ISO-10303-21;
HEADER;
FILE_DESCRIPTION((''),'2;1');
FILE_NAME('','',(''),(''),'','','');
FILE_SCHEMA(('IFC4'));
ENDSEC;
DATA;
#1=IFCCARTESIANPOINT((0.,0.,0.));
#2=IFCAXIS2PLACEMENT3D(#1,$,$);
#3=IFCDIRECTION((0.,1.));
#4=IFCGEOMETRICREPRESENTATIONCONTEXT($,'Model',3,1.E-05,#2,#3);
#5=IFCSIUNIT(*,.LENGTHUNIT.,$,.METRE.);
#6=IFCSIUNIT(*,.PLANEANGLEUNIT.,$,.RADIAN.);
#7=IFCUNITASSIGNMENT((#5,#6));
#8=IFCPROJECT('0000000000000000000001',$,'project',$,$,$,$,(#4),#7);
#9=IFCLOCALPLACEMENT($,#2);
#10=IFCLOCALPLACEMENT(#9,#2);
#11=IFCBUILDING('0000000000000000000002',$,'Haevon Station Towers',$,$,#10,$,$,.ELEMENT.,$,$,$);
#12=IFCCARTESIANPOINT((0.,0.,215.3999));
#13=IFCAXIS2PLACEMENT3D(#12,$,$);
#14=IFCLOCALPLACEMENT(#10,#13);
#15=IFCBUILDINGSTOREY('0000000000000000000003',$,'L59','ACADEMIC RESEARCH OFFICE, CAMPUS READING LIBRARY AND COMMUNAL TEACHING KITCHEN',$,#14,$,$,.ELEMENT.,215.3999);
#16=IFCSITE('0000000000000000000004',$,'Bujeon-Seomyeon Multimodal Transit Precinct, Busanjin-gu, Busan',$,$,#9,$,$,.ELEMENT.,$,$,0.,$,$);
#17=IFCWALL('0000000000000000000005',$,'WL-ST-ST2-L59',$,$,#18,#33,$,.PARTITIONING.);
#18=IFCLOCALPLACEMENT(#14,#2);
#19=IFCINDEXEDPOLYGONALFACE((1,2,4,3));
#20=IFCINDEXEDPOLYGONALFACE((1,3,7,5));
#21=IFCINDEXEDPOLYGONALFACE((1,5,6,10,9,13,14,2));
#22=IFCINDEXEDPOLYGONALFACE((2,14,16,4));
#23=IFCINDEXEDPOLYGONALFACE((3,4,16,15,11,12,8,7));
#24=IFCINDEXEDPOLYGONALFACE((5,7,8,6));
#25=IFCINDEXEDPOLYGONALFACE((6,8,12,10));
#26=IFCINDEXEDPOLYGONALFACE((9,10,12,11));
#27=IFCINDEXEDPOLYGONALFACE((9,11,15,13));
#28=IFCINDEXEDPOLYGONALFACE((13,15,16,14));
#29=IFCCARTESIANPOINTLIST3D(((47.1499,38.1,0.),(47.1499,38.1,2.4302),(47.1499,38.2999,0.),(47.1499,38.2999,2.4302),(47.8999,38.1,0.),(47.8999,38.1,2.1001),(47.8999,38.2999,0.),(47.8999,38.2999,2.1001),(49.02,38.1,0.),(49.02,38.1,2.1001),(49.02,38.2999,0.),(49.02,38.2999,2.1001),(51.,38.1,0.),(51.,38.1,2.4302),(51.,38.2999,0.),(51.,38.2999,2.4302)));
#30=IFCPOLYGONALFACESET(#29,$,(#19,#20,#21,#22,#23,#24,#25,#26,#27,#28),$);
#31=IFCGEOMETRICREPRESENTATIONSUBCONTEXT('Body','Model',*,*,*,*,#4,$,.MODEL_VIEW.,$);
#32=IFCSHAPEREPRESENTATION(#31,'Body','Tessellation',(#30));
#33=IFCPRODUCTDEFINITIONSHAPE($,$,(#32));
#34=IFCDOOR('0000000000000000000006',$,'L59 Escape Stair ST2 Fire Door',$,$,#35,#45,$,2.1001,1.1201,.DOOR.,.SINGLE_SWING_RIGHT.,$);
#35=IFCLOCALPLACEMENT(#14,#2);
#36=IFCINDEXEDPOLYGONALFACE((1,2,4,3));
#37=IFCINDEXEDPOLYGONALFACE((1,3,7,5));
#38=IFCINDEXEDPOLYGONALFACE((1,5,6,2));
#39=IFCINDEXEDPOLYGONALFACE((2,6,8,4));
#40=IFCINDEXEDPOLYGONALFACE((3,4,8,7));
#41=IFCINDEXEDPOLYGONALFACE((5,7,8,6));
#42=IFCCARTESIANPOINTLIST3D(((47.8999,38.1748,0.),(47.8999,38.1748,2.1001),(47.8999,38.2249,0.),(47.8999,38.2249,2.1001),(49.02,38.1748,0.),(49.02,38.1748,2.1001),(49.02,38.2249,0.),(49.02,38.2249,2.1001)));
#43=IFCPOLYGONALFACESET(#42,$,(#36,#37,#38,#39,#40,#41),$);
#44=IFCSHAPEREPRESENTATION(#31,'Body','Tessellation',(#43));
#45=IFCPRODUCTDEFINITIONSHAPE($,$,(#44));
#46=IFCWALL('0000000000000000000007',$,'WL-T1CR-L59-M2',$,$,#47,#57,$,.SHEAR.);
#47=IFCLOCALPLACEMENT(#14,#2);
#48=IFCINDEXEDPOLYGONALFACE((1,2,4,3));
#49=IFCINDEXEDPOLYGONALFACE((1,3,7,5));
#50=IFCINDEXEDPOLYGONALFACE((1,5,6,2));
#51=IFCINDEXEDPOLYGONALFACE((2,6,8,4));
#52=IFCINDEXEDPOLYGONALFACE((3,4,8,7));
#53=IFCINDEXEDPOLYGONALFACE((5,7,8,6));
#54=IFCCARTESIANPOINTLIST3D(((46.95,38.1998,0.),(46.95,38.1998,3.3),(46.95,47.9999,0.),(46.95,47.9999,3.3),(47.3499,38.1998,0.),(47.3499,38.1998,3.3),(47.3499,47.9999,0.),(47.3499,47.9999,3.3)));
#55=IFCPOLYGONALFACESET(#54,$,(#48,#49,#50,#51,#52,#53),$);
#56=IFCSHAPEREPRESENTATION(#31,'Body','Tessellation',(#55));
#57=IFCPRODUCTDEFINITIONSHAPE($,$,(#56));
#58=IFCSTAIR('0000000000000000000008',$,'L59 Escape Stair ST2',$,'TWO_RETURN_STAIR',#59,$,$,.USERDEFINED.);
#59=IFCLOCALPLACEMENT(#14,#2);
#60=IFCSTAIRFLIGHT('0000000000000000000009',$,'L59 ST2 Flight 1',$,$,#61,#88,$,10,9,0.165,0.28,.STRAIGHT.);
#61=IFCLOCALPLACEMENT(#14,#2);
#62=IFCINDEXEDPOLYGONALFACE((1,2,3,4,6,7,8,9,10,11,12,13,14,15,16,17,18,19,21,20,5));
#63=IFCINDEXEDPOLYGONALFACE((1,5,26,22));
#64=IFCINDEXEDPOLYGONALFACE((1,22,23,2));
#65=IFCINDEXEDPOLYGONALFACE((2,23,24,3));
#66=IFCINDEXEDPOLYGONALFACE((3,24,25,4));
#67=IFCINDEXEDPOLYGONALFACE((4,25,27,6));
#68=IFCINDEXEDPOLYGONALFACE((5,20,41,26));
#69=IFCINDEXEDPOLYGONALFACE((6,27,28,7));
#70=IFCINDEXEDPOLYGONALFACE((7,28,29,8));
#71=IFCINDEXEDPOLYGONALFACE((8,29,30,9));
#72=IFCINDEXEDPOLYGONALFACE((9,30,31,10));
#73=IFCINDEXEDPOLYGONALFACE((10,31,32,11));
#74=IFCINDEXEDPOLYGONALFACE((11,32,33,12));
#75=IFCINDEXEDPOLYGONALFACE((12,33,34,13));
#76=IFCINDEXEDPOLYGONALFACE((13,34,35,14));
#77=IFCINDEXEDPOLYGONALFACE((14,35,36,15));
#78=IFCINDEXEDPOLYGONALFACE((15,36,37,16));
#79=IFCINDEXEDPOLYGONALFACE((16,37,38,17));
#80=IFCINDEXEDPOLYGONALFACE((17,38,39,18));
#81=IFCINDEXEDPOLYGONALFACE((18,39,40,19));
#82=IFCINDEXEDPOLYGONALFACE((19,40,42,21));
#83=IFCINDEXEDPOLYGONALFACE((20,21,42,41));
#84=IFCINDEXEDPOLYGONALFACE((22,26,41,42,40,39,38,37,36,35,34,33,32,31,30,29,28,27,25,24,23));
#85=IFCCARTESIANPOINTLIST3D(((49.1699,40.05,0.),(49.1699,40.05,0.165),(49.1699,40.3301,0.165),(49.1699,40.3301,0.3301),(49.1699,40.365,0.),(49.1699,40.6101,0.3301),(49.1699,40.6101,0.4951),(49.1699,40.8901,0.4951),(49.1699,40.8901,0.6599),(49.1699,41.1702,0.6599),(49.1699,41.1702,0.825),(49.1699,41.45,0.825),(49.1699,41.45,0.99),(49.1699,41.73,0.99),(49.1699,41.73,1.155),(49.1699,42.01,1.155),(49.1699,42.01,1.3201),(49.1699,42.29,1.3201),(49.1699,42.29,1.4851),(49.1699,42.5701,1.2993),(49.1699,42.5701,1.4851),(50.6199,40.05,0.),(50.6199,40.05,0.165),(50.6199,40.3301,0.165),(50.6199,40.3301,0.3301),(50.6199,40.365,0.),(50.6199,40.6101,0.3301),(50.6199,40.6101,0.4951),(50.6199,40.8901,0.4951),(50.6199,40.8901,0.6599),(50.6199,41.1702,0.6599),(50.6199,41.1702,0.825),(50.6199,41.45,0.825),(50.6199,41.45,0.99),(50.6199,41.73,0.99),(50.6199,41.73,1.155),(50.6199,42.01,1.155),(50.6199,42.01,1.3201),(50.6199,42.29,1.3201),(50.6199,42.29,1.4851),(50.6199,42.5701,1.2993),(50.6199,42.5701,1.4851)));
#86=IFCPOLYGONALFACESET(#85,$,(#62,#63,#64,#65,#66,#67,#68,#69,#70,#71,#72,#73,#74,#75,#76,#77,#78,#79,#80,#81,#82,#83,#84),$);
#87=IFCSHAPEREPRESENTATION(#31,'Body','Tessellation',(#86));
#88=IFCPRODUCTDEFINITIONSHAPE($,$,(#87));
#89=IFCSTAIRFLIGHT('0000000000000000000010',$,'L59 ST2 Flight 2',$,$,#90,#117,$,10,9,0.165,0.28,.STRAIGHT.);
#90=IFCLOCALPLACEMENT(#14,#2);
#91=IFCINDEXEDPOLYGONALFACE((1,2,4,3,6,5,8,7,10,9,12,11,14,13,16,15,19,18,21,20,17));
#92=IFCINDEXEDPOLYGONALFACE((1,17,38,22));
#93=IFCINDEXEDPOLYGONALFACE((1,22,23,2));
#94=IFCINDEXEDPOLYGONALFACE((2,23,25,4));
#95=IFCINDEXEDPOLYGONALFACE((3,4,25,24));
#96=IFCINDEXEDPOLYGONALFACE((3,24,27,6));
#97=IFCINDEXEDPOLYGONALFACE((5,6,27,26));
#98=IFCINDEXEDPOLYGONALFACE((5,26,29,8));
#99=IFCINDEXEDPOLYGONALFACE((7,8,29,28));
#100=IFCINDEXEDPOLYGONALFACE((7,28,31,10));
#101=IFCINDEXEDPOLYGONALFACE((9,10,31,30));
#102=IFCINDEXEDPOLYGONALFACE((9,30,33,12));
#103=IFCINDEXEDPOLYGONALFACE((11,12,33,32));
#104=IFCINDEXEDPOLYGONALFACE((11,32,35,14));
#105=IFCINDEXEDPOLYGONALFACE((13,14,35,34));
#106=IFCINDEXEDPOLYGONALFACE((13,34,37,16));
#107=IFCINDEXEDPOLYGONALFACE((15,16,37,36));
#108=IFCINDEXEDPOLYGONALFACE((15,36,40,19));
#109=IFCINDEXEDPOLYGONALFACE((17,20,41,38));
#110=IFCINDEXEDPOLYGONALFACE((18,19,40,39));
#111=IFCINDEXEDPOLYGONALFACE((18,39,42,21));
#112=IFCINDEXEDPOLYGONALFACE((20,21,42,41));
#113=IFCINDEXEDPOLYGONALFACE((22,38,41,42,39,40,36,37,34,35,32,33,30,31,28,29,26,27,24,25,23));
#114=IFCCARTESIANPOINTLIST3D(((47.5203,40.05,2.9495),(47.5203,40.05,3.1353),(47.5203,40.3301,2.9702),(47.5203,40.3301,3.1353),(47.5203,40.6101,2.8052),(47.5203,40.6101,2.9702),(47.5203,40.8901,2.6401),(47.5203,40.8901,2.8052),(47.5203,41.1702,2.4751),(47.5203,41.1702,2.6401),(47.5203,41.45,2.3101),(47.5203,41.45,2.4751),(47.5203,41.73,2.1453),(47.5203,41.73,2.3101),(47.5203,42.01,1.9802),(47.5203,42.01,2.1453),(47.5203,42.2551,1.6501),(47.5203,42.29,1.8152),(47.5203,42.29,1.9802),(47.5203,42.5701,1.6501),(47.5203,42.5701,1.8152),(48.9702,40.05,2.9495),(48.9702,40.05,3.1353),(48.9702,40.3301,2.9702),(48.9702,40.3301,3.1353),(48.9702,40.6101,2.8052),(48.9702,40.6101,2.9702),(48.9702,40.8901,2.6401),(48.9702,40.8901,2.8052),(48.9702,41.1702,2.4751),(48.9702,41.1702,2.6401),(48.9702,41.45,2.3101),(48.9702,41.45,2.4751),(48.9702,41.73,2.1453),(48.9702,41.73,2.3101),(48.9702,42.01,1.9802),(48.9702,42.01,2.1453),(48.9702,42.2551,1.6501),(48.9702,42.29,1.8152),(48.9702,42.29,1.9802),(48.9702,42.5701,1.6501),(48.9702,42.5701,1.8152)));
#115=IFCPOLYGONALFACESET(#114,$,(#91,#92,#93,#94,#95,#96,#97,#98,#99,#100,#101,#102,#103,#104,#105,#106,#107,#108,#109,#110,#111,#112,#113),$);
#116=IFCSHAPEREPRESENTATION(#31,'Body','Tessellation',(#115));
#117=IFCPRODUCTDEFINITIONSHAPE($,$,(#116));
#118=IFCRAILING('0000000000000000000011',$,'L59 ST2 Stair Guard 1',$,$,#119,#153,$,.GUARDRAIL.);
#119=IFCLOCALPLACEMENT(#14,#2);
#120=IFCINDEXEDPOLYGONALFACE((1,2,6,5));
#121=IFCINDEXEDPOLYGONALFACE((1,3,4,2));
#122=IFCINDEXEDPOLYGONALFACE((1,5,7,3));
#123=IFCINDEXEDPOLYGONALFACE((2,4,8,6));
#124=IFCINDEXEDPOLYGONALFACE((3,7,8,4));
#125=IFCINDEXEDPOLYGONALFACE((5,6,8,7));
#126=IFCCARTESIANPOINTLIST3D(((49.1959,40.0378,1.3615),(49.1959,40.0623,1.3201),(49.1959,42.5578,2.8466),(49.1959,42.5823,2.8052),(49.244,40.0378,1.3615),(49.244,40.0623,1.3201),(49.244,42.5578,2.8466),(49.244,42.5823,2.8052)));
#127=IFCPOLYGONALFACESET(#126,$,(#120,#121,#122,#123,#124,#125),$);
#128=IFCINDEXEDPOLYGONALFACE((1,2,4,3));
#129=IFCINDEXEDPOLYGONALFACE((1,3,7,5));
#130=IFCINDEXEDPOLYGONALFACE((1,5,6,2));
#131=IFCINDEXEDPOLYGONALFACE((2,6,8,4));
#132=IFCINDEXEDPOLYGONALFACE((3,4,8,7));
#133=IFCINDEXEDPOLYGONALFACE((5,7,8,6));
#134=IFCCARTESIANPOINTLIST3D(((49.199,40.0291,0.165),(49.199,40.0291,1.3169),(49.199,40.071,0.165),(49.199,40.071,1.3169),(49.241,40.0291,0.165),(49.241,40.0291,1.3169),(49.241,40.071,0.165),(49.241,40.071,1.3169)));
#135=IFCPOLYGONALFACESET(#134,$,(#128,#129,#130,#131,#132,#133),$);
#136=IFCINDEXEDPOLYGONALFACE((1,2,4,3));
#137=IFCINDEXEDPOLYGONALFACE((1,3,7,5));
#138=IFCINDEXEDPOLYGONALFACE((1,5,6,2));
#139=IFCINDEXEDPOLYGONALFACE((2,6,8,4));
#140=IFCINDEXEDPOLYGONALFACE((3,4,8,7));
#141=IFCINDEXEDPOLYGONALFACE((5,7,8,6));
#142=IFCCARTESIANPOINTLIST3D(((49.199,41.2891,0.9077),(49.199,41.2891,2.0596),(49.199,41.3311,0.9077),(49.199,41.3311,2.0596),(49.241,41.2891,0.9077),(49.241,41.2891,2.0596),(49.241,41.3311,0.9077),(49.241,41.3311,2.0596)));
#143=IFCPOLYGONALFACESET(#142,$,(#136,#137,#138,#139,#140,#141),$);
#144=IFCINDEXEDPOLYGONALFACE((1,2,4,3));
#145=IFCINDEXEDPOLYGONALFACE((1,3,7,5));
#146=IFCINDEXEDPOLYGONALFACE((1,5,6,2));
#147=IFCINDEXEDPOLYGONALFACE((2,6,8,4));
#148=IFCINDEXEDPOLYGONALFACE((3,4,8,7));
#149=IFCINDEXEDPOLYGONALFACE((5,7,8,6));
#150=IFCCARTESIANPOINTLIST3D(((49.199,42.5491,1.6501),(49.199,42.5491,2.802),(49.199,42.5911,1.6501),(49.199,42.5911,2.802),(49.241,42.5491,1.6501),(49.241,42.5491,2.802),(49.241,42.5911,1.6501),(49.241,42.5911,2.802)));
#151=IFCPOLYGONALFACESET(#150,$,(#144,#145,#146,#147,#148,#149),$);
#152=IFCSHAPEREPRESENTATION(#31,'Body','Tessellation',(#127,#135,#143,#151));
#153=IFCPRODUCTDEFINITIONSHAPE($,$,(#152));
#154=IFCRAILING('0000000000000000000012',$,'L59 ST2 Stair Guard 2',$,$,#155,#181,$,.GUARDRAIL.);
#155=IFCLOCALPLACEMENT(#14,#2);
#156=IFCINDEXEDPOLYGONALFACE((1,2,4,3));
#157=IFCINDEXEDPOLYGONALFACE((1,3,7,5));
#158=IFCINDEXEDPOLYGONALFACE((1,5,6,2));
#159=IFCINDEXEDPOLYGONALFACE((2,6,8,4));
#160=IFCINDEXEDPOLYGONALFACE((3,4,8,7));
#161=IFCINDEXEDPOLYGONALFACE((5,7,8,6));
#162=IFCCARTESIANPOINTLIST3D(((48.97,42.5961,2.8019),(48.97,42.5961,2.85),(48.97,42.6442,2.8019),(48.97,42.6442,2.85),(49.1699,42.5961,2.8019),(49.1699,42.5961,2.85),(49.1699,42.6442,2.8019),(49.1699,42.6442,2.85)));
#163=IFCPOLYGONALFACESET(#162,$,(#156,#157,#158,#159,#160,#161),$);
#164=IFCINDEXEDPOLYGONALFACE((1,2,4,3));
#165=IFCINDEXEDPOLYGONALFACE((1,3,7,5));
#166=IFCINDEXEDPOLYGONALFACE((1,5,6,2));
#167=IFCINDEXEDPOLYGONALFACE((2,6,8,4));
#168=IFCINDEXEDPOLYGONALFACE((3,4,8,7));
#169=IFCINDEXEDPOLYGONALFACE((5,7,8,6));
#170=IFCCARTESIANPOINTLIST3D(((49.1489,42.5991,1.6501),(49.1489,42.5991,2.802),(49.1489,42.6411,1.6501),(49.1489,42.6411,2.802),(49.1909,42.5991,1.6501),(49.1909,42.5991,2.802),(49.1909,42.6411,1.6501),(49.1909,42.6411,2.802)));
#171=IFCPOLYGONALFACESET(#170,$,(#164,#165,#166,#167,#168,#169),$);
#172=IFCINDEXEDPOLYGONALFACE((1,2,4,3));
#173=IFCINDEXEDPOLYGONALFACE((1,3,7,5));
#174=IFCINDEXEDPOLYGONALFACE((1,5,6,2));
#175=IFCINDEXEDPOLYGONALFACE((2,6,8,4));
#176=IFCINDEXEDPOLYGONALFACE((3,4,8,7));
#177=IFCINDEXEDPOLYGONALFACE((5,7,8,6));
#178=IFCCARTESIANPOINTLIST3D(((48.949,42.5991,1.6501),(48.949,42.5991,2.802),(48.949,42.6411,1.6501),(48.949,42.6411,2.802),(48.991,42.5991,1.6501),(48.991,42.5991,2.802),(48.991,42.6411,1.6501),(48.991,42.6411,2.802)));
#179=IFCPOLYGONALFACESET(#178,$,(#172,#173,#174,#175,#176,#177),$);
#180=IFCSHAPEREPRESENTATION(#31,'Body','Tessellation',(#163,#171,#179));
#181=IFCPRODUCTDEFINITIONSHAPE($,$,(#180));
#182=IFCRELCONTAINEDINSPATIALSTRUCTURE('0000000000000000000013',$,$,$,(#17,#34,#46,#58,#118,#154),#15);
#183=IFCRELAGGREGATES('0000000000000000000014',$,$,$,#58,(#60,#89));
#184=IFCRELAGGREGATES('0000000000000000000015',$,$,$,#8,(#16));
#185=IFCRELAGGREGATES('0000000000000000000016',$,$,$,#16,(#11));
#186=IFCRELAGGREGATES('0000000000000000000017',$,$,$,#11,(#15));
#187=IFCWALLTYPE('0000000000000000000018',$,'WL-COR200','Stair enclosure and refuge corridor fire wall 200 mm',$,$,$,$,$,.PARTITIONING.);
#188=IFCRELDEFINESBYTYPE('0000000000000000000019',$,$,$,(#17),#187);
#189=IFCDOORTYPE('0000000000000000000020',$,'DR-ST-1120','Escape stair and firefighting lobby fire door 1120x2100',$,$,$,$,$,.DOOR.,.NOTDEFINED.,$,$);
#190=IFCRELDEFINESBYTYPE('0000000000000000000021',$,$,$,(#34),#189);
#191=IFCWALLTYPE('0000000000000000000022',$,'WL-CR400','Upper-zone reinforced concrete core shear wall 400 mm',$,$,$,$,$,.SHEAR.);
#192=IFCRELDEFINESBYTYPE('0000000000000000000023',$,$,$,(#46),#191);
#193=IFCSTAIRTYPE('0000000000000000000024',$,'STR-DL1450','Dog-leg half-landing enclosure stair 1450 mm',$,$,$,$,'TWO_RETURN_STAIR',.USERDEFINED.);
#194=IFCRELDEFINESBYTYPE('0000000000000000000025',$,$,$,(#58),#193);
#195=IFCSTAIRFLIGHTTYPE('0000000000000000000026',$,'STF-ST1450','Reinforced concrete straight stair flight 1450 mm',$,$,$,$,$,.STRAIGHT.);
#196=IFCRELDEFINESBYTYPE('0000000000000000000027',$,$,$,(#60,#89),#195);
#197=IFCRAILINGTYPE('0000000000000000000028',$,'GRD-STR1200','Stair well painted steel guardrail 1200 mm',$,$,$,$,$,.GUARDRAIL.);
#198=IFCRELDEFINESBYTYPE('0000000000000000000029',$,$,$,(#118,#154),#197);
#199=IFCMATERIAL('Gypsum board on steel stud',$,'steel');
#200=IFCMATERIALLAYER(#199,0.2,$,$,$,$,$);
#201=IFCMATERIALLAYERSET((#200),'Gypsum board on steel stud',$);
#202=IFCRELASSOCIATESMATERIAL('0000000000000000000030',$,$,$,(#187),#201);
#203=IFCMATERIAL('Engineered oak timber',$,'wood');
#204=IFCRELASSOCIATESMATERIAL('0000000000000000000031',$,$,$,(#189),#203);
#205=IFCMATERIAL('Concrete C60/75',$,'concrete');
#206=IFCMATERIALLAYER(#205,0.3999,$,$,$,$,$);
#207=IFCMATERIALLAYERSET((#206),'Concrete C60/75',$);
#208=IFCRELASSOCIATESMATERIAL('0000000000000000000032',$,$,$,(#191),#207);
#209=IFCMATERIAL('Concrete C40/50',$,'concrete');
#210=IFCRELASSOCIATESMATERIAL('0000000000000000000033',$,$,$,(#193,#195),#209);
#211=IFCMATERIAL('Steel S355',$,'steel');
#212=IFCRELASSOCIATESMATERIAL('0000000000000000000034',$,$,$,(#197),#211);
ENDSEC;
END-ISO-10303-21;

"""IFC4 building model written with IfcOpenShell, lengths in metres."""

from ifc_helpers import new_model, si_unit, direction, frame, frame_2d, origin, origin_2d, place, context, subcontext, project, spatial, polyline, rectangle, outline, extrude, material, layer, layer_set, type_object, element, fill, aggregate, save


model = new_model("IFC4")

# Units and contexts
model_context = context("Model", 3, precision=1e-05, world=origin(), true_north=direction((0.0, 1.0)))
body_context = subcontext(model_context, "Body", "Model", "MODEL_VIEW")
ifc_project = project(units=[si_unit("LENGTHUNIT", "METRE"), si_unit("PLANEANGLEUNIT", "RADIAN")], contexts=[model_context])

# Site, building, storey
site_placement = place(None, origin())
site = spatial("IfcSite", under=ifc_project, at=site_placement, Name="Bujeon-Seomyeon Multimodal Transit Precinct, Busanjin-gu, Busan", CompositionType="ELEMENT", RefElevation=0.0)
building_placement = place(site_placement, origin())
building = spatial("IfcBuilding", under=site, at=building_placement, Name="Haevon Station Towers", CompositionType="ELEMENT")
storey_placement = place(building_placement, frame((0.0, 0.0, 215.3999)))
storey = spatial("IfcBuildingStorey", under=building, at=storey_placement, Name="L59", Description="ACADEMIC RESEARCH OFFICE, CAMPUS READING LIBRARY AND COMMUNAL TEACHING KITCHEN", CompositionType="ELEMENT", Elevation=215.3999)

# Shared definitions
ifc_material_1 = material(Name="Steel S355", Category="steel")

# Wall, opening, door
ifc_material_2 = material(Name="Gypsum board on steel stud", Category="steel")
ifc_layer_1 = layer(ifc_material_2, 0.2)
ifc_layer_set_1 = layer_set([ifc_layer_1], Name="Gypsum board on steel stud")
wall_type_1 = type_object("IfcWallType", Name="WL-COR200", Description="Stair enclosure and refuge corridor fire wall 200 mm", PredefinedType="PARTITIONING", material=ifc_layer_set_1)
wall_1_placement = place(storey_placement, frame((47.1499, 38.2, 0.0), z_axis=(0.0, 0.0, 1.0), x_axis=(1.0, 0.0, 0.0)))
wall_1 = element("IfcWall", 1, at=wall_1_placement, inside=storey, type_object=wall_type_1, Name="WL-ST-ST2-L59", PredefinedType="PARTITIONING", context=body_context, shape_type="SweptSolid", body=[
    extrude(rectangle(XDim=3.8501, YDim=0.2, at=frame_2d((1.925, 0.0))), origin(), (0.0, 0.0, 1.0), 2.4302),
])
opening_placement = place(wall_1_placement, frame((0.75, 0.0, 0.0)))
opening = element("IfcOpeningElement", 2, at=opening_placement, cuts=wall_1, PredefinedType="OPENING", context=body_context, shape_type="SweptSolid", body=[
    extrude(rectangle(XDim=1.1201, YDim=2.1001, at=frame_2d((0.5601, 1.05))), frame((0.0, 0.1099, 0.0), z_axis=(0.0, -1.0, 0.0), x_axis=(1.0, 0.0, 0.0)), (0.0, 0.0, 1.0), 0.22),
])
ifc_material_3 = material(Name="Engineered oak timber", Category="wood")
door_type = type_object("IfcDoorType", Name="DR-ST-1120", Description="Escape stair and firefighting lobby fire door 1120x2100", OperationType="NOTDEFINED", PredefinedType="DOOR", material=ifc_material_3)
door_placement = place(opening_placement, origin())
door = element("IfcDoor", 3, at=door_placement, inside=storey, type_object=door_type, Name="L59 Escape Stair ST2 Fire Door", OperationType="SINGLE_SWING_RIGHT", OverallHeight=2.1001, OverallWidth=1.1201, PredefinedType="DOOR", context=body_context, shape_type="SweptSolid", body=[
    extrude(rectangle(XDim=1.1201, YDim=2.1001, at=frame_2d((0.5601, 1.05))), frame((0.0, 0.0249, 0.0), z_axis=(0.0, -1.0, 0.0), x_axis=(1.0, 0.0, 0.0)), (0.0, 0.0, 1.0), 0.05),
])
fill(opening, door)

# Wall
ifc_material_4 = material(Name="Concrete C60/75", Category="concrete")
ifc_layer_2 = layer(ifc_material_4, 0.3999)
ifc_layer_set_2 = layer_set([ifc_layer_2], Name="Concrete C60/75")
wall_type_2 = type_object("IfcWallType", Name="WL-CR400", Description="Upper-zone reinforced concrete core shear wall 400 mm", PredefinedType="SHEAR", material=ifc_layer_set_2)
wall_2_placement = place(storey_placement, frame((47.1499, 38.2, 0.0), z_axis=(0.0, 0.0, 1.0), x_axis=(0.0, 1.0, 0.0)))
element("IfcWall", 4, at=wall_2_placement, inside=storey, type_object=wall_type_2, Name="WL-T1CR-L59-M2", PredefinedType="SHEAR", context=body_context, shape_type="SweptSolid", body=[
    extrude(rectangle(XDim=9.8, YDim=0.3999, at=frame_2d((4.8999, 0.0))), origin(), (0.0, 0.0, 1.0), 3.3),
])

# Stair, stair flights
ifc_material_5 = material(Name="Concrete C40/50", Category="concrete")
stair_type = type_object("IfcStairType", Name="STR-DL1450", Description="Dog-leg half-landing enclosure stair 1450 mm", ElementType="TWO_RETURN_STAIR", PredefinedType="USERDEFINED", material=ifc_material_5)
stair_placement = place(storey_placement, origin())
stair = element("IfcStair", 5, at=stair_placement, inside=storey, type_object=stair_type, Name="L59 Escape Stair ST2", ObjectType="TWO_RETURN_STAIR", PredefinedType="USERDEFINED")
stair_flight_type = type_object("IfcStairFlightType", Name="STF-ST1450", Description="Reinforced concrete straight stair flight 1450 mm", PredefinedType="STRAIGHT", material=ifc_material_5)
stair_flight_1_placement = place(storey_placement, frame((49.895, 40.05, 0.0), z_axis=(0.0, 0.0, 1.0), x_axis=(0.0, 1.0, 0.0)))
stair_flight_1 = element("IfcStairFlight", 6, at=stair_flight_1_placement, type_object=stair_flight_type, Name="L59 ST2 Flight 1", NumberOfRisers=10, NumberOfTreads=9, PredefinedType="STRAIGHT", RiserHeight=0.165, TreadLength=0.28, context=body_context, shape_type="SweptSolid", body=[
    extrude(outline(polyline([(0.0, 0.0), (0.0, 0.165), (0.28, 0.165), (0.28, 0.3301), (0.5601, 0.3301), (0.5601, 0.4951), (0.8401, 0.4951), (0.8401, 0.6599), (1.1201, 0.6599), (1.1201, 0.825), (1.3999, 0.825), (1.3999, 0.99), (1.6799, 0.99), (1.6799, 1.155), (1.96, 1.155), (1.96, 1.3201), (2.24, 1.3201), (2.24, 1.4851), (2.52, 1.4851), (2.52, 1.6499), (2.52, 1.2993), (0.3149, 0.0), (0.0, 0.0)])), frame((0.0, 0.7251, 0.0), z_axis=(0.0, -1.0, 0.0), x_axis=(1.0, 0.0, 0.0)), (0.0, 0.0, 1.0), 1.45),
])
stair_flight_2_placement = place(storey_placement, frame((48.2451, 42.5701, 1.6501), z_axis=(0.0, 0.0, 1.0), x_axis=(0.0, -1.0, 0.0)))
stair_flight_2 = element("IfcStairFlight", 7, at=stair_flight_2_placement, type_object=stair_flight_type, Name="L59 ST2 Flight 2", NumberOfRisers=10, NumberOfTreads=9, PredefinedType="STRAIGHT", RiserHeight=0.165, TreadLength=0.28, context=body_context, shape_type="SweptSolid", body=[
    extrude(outline(polyline([(0.0, 0.0), (0.0, 0.165), (0.28, 0.165), (0.28, 0.3301), (0.5601, 0.3301), (0.5601, 0.4951), (0.8401, 0.4951), (0.8401, 0.6599), (1.1201, 0.6599), (1.1201, 0.825), (1.3999, 0.825), (1.3999, 0.99), (1.6799, 0.99), (1.6799, 1.155), (1.96, 1.155), (1.96, 1.3201), (2.24, 1.3201), (2.24, 1.4851), (2.52, 1.4851), (2.52, 1.6499), (2.52, 1.2993), (0.3149, 0.0), (0.0, 0.0)])), frame((0.0, 0.7251, 0.0), z_axis=(0.0, -1.0, 0.0), x_axis=(1.0, 0.0, 0.0)), (0.0, 0.0, 1.0), 1.45),
])
aggregate(stair, [stair_flight_1, stair_flight_2])

# Railings
railing_type_1 = type_object("IfcRailingType", Name="GRD-STR1200", Description="Stair well painted steel guardrail 1200 mm", PredefinedType="GUARDRAIL", material=ifc_material_1)
railing_1_placement = place(storey_placement, frame((49.22, 40.05, 0.165)))
element("IfcRailing", 8, at=railing_1_placement, inside=storey, type_object=railing_type_1, Name="L59 ST2 Stair Guard 1", PredefinedType="GUARDRAIL", context=body_context, shape_type="SweptSolid", body=[
    extrude(rectangle(XDim=0.0481, YDim=0.0481, at=origin_2d()), frame((0.0, 0.0, 1.1758), z_axis=(0.0, 0.861524, 0.507717), x_axis=(-1.0, 0.0, 0.0)), (0.0, 0.0, 1.0), 2.925),
    extrude(rectangle(XDim=0.042, YDim=0.042, at=origin_2d()), origin(), (0.0, 0.0, 1.0), 1.1519),
    extrude(rectangle(XDim=0.042, YDim=0.042, at=origin_2d()), frame((0.0, 1.26, 0.7427)), (0.0, 0.0, 1.0), 1.1519),
    extrude(rectangle(XDim=0.042, YDim=0.042, at=origin_2d()), frame((0.0, 2.52, 1.4851)), (0.0, 0.0, 1.0), 1.1519),
])
railing_2_placement = place(storey_placement, frame((49.1699, 42.6201, 1.6501)))
element("IfcRailing", 9, at=railing_2_placement, inside=storey, type_object=railing_type_1, Name="L59 ST2 Stair Guard 2", PredefinedType="GUARDRAIL", context=body_context, shape_type="SweptSolid", body=[
    extrude(rectangle(XDim=0.0481, YDim=0.0481, at=origin_2d()), frame((0.0, 0.0, 1.1758), z_axis=(-1.0, 0.0, 0.0), x_axis=(0.0, -1.0, 0.0)), (0.0, 0.0, 1.0), 0.2),
    extrude(rectangle(XDim=0.042, YDim=0.042, at=origin_2d()), origin(), (0.0, 0.0, 1.0), 1.1519),
    extrude(rectangle(XDim=0.042, YDim=0.042, at=origin_2d()), frame((-0.2, 0.0, 0.0)), (0.0, 0.0, 1.0), 1.1519),
])

save(model, "model.ifc")
